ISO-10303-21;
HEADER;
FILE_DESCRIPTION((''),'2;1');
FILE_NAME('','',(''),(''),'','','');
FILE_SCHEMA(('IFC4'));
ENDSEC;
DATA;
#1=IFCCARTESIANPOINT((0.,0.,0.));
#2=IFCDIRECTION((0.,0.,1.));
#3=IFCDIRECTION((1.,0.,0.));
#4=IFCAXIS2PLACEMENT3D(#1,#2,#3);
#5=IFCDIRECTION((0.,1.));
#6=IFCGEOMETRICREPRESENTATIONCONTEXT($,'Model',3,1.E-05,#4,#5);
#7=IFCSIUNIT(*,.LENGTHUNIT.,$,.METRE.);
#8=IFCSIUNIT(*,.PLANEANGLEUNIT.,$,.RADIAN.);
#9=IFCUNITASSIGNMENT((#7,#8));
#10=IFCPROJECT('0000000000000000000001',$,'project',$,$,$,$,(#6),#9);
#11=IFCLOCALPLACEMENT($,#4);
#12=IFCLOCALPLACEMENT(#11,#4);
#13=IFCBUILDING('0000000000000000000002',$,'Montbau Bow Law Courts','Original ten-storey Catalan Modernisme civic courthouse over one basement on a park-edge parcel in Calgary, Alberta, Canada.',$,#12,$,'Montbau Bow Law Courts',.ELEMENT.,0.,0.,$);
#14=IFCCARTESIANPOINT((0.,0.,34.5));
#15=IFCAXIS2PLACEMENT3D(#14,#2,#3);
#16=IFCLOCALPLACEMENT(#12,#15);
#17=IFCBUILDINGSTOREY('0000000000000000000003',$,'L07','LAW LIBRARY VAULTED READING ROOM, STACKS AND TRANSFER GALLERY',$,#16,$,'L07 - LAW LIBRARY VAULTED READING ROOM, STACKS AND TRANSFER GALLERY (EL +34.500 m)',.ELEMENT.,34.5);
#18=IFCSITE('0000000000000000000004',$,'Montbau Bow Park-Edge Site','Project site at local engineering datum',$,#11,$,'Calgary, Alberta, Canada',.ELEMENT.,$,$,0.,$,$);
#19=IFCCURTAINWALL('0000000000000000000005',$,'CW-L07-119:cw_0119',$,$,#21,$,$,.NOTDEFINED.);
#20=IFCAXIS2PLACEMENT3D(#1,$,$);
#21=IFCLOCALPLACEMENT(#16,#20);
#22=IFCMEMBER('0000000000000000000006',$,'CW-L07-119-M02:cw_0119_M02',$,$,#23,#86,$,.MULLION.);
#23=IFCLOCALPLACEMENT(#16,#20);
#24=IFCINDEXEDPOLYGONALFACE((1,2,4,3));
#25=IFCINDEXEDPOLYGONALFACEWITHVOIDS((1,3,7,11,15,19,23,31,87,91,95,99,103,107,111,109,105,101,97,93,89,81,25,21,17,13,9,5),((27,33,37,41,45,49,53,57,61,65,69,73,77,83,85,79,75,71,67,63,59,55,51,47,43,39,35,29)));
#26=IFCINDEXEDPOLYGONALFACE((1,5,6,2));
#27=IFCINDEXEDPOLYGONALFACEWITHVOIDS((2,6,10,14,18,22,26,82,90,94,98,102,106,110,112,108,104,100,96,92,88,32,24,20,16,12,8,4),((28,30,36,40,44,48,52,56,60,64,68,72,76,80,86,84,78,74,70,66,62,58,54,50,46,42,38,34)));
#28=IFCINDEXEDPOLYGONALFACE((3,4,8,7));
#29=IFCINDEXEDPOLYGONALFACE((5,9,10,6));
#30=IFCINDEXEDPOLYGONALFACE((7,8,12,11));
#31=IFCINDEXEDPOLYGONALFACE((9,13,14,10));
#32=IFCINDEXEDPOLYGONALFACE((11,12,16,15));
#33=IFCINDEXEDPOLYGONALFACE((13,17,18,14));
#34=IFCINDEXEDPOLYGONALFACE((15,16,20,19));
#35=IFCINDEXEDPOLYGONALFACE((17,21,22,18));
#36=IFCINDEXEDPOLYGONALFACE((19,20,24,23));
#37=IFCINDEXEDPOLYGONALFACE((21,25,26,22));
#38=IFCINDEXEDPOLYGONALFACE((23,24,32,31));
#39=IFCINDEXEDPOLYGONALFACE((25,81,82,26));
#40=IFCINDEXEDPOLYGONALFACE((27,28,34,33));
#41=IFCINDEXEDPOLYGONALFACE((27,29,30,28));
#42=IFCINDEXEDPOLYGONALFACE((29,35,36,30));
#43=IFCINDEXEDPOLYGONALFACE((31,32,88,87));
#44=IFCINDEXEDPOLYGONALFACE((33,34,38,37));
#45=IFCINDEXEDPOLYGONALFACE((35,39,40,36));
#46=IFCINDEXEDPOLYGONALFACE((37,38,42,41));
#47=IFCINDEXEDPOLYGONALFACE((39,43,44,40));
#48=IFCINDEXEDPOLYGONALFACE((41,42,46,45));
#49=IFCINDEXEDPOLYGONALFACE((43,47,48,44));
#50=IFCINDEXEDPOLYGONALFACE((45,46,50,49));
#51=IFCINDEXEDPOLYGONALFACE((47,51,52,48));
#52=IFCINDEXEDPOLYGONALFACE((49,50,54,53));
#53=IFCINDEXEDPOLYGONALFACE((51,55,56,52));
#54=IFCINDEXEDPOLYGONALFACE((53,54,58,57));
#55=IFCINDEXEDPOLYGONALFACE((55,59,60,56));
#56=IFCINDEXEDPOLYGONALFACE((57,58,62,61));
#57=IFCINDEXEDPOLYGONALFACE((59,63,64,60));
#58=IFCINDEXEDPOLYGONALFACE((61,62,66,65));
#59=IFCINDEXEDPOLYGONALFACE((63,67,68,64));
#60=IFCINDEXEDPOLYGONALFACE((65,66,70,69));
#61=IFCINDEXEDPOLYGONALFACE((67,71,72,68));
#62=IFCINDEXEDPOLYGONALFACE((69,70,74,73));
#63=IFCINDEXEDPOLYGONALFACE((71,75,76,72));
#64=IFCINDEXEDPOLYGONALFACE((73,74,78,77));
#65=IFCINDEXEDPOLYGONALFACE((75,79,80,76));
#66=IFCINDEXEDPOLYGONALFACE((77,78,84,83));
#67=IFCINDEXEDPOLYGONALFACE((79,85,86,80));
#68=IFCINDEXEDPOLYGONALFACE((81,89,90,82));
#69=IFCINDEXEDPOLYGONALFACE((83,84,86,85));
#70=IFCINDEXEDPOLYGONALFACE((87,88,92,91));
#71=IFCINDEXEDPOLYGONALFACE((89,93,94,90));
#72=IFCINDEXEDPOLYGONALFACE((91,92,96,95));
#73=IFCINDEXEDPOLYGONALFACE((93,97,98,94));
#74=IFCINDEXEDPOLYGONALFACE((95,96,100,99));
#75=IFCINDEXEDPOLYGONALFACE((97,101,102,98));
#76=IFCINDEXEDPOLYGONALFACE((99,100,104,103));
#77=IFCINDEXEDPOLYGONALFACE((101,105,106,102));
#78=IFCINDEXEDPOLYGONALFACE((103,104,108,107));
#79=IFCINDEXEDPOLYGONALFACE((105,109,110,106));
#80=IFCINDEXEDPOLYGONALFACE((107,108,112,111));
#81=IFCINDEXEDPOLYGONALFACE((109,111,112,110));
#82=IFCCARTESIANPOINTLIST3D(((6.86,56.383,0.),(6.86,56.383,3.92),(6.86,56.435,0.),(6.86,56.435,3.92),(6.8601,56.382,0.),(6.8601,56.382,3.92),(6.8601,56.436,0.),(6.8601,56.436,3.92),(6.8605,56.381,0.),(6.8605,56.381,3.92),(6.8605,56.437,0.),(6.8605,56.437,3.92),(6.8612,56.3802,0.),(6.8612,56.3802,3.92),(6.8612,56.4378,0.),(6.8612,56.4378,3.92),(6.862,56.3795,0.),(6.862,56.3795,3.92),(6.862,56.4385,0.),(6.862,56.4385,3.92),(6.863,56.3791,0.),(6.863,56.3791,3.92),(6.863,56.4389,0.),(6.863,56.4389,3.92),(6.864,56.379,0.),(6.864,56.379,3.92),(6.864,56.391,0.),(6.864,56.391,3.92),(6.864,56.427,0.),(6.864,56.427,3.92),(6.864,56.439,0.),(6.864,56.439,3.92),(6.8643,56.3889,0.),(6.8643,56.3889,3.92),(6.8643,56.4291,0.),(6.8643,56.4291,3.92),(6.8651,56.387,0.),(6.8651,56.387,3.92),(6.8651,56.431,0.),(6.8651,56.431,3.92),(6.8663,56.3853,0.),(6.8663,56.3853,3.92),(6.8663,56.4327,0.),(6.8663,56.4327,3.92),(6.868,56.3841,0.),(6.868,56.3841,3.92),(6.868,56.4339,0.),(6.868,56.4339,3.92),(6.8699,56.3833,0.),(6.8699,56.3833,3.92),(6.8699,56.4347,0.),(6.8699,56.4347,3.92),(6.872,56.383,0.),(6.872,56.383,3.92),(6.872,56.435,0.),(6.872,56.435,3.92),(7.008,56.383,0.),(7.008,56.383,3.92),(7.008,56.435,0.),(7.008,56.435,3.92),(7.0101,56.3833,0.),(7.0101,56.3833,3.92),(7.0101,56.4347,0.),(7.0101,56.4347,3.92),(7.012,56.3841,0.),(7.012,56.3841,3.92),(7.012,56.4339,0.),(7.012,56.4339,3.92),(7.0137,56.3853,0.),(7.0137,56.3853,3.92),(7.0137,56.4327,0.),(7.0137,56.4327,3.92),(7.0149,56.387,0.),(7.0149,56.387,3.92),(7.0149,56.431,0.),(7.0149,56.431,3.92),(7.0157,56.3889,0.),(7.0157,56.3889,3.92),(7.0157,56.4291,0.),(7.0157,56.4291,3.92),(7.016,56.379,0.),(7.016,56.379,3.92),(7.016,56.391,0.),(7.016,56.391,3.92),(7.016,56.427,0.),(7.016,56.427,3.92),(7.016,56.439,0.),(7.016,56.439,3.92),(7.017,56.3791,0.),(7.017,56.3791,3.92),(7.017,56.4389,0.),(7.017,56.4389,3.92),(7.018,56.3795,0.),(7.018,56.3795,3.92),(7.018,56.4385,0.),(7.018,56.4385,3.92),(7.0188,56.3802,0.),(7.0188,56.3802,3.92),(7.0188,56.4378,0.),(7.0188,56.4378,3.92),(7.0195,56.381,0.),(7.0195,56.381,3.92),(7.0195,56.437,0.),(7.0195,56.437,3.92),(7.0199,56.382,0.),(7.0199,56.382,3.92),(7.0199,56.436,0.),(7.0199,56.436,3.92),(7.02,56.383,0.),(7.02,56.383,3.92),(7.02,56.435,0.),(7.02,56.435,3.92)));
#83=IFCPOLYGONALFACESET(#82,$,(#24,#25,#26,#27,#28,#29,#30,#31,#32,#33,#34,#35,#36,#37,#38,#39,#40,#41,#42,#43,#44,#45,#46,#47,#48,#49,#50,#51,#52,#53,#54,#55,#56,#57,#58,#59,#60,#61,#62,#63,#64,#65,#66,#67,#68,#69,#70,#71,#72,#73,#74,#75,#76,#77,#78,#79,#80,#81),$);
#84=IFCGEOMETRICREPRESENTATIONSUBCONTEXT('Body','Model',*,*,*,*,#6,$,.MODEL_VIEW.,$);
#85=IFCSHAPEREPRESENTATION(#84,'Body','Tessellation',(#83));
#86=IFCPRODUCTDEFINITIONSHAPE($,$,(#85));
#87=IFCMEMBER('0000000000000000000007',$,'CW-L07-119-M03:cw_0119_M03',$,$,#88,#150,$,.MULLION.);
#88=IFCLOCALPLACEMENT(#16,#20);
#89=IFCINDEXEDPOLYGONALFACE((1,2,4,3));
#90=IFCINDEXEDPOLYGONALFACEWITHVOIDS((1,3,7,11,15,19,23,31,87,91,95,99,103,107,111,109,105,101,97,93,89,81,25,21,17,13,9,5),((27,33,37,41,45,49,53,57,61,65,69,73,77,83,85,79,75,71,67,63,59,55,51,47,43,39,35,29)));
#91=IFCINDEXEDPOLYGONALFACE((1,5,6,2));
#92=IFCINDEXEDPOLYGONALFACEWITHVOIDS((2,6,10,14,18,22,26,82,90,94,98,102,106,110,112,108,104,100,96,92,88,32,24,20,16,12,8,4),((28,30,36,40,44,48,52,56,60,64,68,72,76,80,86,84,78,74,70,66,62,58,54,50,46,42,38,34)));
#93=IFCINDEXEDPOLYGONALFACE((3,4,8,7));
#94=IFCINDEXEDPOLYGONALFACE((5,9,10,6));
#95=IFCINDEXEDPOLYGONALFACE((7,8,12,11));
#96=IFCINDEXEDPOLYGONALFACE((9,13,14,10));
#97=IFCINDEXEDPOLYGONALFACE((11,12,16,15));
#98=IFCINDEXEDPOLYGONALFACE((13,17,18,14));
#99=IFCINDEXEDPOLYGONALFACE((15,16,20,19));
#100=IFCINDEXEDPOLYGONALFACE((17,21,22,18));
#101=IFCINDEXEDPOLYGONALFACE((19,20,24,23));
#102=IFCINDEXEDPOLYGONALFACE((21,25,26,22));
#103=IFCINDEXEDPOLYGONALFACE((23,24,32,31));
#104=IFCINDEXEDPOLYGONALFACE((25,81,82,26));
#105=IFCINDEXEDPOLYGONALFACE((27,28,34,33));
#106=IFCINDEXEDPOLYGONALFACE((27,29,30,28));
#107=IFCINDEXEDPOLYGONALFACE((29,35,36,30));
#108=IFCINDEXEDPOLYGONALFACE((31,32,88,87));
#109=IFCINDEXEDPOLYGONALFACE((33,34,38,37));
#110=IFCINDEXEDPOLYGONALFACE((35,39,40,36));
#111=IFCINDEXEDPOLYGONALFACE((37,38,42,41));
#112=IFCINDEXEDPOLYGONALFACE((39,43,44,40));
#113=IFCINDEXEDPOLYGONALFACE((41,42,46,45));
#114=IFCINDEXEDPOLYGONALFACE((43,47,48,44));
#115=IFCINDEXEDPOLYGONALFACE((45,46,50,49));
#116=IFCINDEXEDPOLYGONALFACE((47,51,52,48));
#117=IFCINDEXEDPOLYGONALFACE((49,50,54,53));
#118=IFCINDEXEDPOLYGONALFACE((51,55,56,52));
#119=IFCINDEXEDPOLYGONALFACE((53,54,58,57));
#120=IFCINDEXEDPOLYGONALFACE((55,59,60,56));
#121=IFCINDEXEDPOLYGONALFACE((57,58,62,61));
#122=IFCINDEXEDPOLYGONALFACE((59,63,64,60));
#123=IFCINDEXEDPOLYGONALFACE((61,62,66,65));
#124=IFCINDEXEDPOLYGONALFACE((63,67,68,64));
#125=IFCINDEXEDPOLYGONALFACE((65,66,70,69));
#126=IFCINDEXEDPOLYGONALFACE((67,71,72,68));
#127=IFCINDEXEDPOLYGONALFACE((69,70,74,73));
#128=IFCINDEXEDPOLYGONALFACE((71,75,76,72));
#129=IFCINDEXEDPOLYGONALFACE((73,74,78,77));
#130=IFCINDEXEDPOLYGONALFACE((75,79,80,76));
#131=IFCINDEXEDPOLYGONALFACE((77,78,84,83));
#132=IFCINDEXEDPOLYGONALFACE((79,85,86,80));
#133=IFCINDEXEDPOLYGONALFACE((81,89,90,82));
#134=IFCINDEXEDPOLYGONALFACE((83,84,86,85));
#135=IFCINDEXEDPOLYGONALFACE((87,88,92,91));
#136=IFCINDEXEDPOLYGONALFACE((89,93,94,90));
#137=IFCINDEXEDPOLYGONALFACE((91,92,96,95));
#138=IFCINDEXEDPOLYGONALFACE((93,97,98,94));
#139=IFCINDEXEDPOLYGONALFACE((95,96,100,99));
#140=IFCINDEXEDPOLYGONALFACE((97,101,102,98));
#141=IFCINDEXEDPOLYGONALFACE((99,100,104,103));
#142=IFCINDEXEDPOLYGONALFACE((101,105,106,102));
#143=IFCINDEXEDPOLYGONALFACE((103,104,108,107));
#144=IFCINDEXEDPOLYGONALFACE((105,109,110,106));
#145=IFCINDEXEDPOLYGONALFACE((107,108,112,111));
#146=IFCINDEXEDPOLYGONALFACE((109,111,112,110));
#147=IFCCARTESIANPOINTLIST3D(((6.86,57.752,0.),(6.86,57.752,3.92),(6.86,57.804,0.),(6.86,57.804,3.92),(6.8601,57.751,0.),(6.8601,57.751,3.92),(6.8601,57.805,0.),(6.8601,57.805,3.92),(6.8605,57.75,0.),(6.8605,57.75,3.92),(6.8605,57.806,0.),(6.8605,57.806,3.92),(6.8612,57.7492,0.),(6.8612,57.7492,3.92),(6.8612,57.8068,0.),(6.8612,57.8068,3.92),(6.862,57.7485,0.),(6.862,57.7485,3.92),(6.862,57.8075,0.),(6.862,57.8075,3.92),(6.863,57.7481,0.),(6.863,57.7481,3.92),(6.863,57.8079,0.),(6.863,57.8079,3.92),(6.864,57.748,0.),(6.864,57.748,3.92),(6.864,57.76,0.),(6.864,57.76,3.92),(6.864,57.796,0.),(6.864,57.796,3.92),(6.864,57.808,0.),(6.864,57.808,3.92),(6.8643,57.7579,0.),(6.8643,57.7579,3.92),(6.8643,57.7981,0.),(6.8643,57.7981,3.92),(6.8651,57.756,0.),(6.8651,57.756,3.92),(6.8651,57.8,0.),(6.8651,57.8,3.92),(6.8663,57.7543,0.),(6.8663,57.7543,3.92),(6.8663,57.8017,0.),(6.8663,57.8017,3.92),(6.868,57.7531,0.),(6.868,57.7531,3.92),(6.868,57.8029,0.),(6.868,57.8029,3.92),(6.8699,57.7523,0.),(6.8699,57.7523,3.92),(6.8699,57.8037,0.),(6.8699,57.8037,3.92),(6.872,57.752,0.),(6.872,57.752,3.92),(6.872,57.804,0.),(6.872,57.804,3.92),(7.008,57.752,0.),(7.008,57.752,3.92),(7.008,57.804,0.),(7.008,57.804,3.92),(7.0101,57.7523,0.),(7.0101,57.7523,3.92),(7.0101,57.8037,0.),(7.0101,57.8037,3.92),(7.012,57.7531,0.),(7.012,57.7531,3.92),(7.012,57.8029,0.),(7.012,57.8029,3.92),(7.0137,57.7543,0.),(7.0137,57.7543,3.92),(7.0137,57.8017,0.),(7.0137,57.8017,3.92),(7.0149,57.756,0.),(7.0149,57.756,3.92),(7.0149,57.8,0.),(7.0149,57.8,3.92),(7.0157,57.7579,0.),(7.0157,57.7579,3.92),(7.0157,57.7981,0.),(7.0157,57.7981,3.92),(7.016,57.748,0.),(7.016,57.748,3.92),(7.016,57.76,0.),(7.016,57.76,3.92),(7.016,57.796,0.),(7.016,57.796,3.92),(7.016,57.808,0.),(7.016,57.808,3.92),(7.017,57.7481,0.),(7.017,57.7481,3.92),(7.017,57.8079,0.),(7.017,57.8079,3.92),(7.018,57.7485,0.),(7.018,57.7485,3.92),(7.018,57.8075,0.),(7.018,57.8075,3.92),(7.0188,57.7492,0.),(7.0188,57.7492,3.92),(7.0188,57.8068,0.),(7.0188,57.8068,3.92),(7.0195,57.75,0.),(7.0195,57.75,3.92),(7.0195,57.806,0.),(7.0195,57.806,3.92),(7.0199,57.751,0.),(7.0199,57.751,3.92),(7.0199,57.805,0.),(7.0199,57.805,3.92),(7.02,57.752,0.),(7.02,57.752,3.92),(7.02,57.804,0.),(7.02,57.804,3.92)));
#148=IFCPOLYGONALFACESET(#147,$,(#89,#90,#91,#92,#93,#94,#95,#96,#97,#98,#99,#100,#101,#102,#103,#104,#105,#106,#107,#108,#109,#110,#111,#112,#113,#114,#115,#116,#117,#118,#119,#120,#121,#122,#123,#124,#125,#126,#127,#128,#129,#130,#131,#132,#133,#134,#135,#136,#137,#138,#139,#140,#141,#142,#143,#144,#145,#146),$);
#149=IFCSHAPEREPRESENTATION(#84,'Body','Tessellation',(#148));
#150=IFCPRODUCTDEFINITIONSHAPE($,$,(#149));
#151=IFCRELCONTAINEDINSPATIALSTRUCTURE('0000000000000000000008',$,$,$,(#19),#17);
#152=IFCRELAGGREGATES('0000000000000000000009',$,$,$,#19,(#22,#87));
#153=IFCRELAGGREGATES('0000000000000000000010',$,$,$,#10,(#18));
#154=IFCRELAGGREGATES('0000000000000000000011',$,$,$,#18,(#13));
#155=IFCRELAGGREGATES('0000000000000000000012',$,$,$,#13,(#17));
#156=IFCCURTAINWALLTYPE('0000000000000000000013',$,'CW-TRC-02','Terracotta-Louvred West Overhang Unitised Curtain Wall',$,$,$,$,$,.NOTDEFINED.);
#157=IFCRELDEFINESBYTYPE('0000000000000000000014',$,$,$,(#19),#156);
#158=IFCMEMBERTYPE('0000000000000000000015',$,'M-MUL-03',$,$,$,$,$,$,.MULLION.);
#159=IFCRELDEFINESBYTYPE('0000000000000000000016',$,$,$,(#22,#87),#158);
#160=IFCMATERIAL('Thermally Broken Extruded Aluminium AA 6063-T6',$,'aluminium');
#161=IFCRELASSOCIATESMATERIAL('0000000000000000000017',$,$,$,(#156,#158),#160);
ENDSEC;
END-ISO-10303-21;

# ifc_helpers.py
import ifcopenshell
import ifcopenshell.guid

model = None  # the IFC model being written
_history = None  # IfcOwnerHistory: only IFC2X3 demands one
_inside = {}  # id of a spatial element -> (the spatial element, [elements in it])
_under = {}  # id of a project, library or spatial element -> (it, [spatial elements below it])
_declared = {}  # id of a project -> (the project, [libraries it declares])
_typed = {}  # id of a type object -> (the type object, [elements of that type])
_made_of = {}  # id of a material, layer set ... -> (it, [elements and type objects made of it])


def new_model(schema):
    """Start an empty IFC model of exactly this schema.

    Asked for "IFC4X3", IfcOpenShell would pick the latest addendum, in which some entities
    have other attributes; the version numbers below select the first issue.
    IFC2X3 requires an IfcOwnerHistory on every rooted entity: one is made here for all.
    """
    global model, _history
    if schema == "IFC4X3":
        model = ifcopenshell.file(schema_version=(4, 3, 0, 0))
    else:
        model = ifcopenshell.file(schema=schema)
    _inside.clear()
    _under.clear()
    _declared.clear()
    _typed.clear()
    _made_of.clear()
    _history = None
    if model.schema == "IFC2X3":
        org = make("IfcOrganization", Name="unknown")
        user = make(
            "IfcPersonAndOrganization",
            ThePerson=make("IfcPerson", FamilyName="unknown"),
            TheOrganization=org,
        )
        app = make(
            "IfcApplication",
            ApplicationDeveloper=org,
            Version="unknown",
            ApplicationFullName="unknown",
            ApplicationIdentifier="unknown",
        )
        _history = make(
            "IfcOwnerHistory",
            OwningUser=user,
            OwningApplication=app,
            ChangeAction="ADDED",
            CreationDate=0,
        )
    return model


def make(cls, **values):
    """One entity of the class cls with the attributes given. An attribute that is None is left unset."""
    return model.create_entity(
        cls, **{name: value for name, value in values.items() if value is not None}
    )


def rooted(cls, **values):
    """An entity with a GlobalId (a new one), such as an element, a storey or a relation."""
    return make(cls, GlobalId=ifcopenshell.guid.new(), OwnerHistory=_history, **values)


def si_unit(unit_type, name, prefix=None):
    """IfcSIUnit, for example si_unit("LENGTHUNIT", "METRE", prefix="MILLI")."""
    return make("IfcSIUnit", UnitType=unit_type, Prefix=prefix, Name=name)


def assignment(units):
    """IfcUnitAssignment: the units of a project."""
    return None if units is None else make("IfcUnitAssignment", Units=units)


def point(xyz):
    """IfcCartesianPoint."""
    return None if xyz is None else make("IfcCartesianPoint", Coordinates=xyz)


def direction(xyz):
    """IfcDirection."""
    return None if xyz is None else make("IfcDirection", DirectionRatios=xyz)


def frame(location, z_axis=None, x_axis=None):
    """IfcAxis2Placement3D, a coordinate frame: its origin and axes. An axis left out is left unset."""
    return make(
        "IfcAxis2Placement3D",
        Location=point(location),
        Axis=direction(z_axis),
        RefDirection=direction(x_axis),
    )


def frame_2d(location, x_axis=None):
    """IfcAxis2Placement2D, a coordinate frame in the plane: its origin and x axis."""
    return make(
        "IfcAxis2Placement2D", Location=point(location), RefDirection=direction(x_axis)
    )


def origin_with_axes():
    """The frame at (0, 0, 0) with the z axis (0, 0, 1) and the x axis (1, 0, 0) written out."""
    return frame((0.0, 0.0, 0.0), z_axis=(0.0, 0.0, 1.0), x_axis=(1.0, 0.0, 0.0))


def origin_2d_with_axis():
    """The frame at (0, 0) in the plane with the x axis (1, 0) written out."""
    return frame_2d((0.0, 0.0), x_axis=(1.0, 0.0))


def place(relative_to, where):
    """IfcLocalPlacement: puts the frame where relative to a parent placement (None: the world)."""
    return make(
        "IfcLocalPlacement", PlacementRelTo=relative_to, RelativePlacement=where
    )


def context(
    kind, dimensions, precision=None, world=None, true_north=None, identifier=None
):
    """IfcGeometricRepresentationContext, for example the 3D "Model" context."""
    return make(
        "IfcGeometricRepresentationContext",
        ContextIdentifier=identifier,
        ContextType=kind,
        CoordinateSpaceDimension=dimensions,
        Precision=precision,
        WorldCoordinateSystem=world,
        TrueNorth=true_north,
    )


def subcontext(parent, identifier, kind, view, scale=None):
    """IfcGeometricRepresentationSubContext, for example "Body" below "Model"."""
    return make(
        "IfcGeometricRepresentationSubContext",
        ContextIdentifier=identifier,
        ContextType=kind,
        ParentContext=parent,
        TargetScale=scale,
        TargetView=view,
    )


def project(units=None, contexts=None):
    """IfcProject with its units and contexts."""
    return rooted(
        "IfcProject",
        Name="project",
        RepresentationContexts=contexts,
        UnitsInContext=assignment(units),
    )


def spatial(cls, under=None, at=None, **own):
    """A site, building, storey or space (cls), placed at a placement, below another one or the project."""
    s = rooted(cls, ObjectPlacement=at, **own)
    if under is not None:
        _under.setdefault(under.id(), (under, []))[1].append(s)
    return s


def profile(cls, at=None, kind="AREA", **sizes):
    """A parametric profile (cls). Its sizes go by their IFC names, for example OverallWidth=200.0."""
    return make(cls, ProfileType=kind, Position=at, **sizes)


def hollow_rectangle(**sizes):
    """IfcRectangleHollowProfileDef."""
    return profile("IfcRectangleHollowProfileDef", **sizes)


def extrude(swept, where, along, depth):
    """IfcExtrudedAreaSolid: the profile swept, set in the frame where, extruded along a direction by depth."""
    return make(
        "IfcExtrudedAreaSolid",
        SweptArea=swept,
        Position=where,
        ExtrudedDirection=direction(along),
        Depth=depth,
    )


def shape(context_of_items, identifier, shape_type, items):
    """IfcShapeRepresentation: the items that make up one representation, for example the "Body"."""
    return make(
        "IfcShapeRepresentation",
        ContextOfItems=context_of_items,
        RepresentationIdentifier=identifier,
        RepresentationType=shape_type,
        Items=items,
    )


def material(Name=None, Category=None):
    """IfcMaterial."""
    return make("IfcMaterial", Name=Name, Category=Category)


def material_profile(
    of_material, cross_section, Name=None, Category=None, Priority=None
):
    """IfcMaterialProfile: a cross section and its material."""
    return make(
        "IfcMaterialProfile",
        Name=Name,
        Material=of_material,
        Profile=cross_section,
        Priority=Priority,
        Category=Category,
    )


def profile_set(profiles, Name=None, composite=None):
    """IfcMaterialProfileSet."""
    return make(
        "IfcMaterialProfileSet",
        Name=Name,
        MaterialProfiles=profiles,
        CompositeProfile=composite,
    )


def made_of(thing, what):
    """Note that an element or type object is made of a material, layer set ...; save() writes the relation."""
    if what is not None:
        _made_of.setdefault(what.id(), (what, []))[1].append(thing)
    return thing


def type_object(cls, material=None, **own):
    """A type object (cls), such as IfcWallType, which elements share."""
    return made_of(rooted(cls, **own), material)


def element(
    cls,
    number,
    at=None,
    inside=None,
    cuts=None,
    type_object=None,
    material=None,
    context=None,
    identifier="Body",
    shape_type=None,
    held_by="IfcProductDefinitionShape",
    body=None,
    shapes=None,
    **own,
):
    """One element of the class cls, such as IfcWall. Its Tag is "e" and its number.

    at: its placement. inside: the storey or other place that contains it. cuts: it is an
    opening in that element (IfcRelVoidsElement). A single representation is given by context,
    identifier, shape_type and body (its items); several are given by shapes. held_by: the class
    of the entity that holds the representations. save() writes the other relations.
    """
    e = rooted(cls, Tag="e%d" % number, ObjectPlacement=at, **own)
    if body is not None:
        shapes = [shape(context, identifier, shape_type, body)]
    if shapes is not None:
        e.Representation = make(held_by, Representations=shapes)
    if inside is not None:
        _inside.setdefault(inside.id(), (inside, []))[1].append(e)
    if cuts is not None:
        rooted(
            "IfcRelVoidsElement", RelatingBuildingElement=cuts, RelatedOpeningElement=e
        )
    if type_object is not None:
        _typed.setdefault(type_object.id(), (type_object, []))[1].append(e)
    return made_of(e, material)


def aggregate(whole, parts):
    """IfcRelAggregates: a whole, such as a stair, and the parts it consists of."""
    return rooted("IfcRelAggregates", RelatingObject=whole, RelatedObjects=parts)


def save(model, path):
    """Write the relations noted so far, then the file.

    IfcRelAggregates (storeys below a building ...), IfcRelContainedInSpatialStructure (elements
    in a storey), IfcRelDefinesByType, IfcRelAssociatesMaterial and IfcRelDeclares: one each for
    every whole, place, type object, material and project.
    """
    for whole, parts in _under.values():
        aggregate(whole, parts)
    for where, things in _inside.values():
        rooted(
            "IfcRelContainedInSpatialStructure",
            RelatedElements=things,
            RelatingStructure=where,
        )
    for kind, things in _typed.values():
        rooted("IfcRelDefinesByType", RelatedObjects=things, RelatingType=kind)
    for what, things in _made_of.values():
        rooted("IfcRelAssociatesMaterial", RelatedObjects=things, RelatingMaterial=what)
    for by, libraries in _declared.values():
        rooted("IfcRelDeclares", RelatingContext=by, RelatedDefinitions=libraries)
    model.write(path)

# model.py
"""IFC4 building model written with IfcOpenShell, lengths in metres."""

from ifc_helpers import new_model, si_unit, direction, frame, origin_with_axes, origin_2d_with_axis, place, context, subcontext, project, spatial, hollow_rectangle, extrude, material, material_profile, profile_set, type_object, element, aggregate, save


model = new_model("IFC4")

# Units and contexts
model_context = context("Model", 3, precision=1e-05, world=origin_with_axes(), true_north=direction((0.0, 1.0)))
body_context = subcontext(model_context, "Body", "Model", "MODEL_VIEW")
ifc_project = project(units=[si_unit("LENGTHUNIT", "METRE"), si_unit("PLANEANGLEUNIT", "RADIAN")], contexts=[model_context])

# Site, building, storey
site_placement = place(None, origin_with_axes())
site = spatial("IfcSite", under=ifc_project, at=site_placement, Name="Montbau Bow Park-Edge Site", Description="Project site at local engineering datum", LongName="Calgary, Alberta, Canada", CompositionType="ELEMENT", RefElevation=0.0)
building_placement = place(site_placement, origin_with_axes())
building = spatial("IfcBuilding", under=site, at=building_placement, Name="Montbau Bow Law Courts", Description="Original ten-storey Catalan Modernisme civic courthouse over one basement on a park-edge parcel in Calgary, Alberta, Canada.", LongName="Montbau Bow Law Courts", CompositionType="ELEMENT", ElevationOfRefHeight=0.0, ElevationOfTerrain=0.0)
storey_placement = place(building_placement, frame((0.0, 0.0, 34.5), z_axis=(0.0, 0.0, 1.0), x_axis=(1.0, 0.0, 0.0)))
storey = spatial("IfcBuildingStorey", under=building, at=storey_placement, Name="L07", Description="LAW LIBRARY VAULTED READING ROOM, STACKS AND TRANSFER GALLERY", LongName="L07 - LAW LIBRARY VAULTED READING ROOM, STACKS AND TRANSFER GALLERY (EL +34.500 m)", CompositionType="ELEMENT", Elevation=34.5)

# Shared definitions
ifc_material_1 = material(Name="Thermally Broken Extruded Aluminium AA 6063-T6", Category="aluminium")
curtain_wall_type = type_object("IfcCurtainWallType", Name="CW-TRC-02", Description="Terracotta-Louvred West Overhang Unitised Curtain Wall", PredefinedType="NOTDEFINED", material=ifc_material_1)

# Curtain wall, members
curtain_wall_1_placement = place(None, frame((6.94, 55.04, 34.5), z_axis=(0.0, 0.0, 1.0), x_axis=(1.0, 0.0, 0.0)))
curtain_wall_1 = element("IfcCurtainWall", 1, at=curtain_wall_1_placement, inside=storey, type_object=curtain_wall_type, Name="CW-L07-119:cw_0119", PredefinedType="NOTDEFINED")
ifc_material_profile_1 = material_profile(ifc_material_1, hollow_rectangle(XDim=0.06, YDim=0.16, WallThickness=0.004, InnerFilletRadius=0.008, OuterFilletRadius=0.004, at=origin_2d_with_axis()), Name="CWM-160X60", Category="Main", Priority=0)
ifc_profile_set_1 = profile_set([ifc_material_profile_1], Name="Thermally Broken Extruded Aluminium AA 6063-T6")
member_type_1 = type_object("IfcMemberType", Name="M-MUL-03", PredefinedType="MULLION", material=ifc_profile_set_1)
member_1_placement = place(None, frame((6.94, 56.409, 34.5), z_axis=(0.0, 0.0, 1.0), x_axis=(0.0, 1.0, 0.0)))
member_1 = element("IfcMember", 2, at=member_1_placement, type_object=member_type_1, Name="CW-L07-119-M02:cw_0119_M02", PredefinedType="MULLION", context=body_context, shape_type="SweptSolid", body=[
    extrude(hollow_rectangle(XDim=0.06, YDim=0.16, WallThickness=0.004, InnerFilletRadius=0.008, OuterFilletRadius=0.004, at=origin_2d_with_axis()), origin_with_axes(), (0.0, 0.0, 1.0), 3.92),
])
member_2_placement = place(None, frame((6.94, 57.778, 34.5), z_axis=(0.0, 0.0, 1.0), x_axis=(0.0, 1.0, 0.0)))
member_2 = element("IfcMember", 3, at=member_2_placement, type_object=member_type_1, Name="CW-L07-119-M03:cw_0119_M03", PredefinedType="MULLION", context=body_context, shape_type="SweptSolid", body=[
    extrude(hollow_rectangle(XDim=0.06, YDim=0.16, WallThickness=0.004, InnerFilletRadius=0.008, OuterFilletRadius=0.004, at=origin_2d_with_axis()), origin_with_axes(), (0.0, 0.0, 1.0), 3.92),
])

aggregate(curtain_wall_1, [member_1, member_2])

save(model, "model.ifc")
